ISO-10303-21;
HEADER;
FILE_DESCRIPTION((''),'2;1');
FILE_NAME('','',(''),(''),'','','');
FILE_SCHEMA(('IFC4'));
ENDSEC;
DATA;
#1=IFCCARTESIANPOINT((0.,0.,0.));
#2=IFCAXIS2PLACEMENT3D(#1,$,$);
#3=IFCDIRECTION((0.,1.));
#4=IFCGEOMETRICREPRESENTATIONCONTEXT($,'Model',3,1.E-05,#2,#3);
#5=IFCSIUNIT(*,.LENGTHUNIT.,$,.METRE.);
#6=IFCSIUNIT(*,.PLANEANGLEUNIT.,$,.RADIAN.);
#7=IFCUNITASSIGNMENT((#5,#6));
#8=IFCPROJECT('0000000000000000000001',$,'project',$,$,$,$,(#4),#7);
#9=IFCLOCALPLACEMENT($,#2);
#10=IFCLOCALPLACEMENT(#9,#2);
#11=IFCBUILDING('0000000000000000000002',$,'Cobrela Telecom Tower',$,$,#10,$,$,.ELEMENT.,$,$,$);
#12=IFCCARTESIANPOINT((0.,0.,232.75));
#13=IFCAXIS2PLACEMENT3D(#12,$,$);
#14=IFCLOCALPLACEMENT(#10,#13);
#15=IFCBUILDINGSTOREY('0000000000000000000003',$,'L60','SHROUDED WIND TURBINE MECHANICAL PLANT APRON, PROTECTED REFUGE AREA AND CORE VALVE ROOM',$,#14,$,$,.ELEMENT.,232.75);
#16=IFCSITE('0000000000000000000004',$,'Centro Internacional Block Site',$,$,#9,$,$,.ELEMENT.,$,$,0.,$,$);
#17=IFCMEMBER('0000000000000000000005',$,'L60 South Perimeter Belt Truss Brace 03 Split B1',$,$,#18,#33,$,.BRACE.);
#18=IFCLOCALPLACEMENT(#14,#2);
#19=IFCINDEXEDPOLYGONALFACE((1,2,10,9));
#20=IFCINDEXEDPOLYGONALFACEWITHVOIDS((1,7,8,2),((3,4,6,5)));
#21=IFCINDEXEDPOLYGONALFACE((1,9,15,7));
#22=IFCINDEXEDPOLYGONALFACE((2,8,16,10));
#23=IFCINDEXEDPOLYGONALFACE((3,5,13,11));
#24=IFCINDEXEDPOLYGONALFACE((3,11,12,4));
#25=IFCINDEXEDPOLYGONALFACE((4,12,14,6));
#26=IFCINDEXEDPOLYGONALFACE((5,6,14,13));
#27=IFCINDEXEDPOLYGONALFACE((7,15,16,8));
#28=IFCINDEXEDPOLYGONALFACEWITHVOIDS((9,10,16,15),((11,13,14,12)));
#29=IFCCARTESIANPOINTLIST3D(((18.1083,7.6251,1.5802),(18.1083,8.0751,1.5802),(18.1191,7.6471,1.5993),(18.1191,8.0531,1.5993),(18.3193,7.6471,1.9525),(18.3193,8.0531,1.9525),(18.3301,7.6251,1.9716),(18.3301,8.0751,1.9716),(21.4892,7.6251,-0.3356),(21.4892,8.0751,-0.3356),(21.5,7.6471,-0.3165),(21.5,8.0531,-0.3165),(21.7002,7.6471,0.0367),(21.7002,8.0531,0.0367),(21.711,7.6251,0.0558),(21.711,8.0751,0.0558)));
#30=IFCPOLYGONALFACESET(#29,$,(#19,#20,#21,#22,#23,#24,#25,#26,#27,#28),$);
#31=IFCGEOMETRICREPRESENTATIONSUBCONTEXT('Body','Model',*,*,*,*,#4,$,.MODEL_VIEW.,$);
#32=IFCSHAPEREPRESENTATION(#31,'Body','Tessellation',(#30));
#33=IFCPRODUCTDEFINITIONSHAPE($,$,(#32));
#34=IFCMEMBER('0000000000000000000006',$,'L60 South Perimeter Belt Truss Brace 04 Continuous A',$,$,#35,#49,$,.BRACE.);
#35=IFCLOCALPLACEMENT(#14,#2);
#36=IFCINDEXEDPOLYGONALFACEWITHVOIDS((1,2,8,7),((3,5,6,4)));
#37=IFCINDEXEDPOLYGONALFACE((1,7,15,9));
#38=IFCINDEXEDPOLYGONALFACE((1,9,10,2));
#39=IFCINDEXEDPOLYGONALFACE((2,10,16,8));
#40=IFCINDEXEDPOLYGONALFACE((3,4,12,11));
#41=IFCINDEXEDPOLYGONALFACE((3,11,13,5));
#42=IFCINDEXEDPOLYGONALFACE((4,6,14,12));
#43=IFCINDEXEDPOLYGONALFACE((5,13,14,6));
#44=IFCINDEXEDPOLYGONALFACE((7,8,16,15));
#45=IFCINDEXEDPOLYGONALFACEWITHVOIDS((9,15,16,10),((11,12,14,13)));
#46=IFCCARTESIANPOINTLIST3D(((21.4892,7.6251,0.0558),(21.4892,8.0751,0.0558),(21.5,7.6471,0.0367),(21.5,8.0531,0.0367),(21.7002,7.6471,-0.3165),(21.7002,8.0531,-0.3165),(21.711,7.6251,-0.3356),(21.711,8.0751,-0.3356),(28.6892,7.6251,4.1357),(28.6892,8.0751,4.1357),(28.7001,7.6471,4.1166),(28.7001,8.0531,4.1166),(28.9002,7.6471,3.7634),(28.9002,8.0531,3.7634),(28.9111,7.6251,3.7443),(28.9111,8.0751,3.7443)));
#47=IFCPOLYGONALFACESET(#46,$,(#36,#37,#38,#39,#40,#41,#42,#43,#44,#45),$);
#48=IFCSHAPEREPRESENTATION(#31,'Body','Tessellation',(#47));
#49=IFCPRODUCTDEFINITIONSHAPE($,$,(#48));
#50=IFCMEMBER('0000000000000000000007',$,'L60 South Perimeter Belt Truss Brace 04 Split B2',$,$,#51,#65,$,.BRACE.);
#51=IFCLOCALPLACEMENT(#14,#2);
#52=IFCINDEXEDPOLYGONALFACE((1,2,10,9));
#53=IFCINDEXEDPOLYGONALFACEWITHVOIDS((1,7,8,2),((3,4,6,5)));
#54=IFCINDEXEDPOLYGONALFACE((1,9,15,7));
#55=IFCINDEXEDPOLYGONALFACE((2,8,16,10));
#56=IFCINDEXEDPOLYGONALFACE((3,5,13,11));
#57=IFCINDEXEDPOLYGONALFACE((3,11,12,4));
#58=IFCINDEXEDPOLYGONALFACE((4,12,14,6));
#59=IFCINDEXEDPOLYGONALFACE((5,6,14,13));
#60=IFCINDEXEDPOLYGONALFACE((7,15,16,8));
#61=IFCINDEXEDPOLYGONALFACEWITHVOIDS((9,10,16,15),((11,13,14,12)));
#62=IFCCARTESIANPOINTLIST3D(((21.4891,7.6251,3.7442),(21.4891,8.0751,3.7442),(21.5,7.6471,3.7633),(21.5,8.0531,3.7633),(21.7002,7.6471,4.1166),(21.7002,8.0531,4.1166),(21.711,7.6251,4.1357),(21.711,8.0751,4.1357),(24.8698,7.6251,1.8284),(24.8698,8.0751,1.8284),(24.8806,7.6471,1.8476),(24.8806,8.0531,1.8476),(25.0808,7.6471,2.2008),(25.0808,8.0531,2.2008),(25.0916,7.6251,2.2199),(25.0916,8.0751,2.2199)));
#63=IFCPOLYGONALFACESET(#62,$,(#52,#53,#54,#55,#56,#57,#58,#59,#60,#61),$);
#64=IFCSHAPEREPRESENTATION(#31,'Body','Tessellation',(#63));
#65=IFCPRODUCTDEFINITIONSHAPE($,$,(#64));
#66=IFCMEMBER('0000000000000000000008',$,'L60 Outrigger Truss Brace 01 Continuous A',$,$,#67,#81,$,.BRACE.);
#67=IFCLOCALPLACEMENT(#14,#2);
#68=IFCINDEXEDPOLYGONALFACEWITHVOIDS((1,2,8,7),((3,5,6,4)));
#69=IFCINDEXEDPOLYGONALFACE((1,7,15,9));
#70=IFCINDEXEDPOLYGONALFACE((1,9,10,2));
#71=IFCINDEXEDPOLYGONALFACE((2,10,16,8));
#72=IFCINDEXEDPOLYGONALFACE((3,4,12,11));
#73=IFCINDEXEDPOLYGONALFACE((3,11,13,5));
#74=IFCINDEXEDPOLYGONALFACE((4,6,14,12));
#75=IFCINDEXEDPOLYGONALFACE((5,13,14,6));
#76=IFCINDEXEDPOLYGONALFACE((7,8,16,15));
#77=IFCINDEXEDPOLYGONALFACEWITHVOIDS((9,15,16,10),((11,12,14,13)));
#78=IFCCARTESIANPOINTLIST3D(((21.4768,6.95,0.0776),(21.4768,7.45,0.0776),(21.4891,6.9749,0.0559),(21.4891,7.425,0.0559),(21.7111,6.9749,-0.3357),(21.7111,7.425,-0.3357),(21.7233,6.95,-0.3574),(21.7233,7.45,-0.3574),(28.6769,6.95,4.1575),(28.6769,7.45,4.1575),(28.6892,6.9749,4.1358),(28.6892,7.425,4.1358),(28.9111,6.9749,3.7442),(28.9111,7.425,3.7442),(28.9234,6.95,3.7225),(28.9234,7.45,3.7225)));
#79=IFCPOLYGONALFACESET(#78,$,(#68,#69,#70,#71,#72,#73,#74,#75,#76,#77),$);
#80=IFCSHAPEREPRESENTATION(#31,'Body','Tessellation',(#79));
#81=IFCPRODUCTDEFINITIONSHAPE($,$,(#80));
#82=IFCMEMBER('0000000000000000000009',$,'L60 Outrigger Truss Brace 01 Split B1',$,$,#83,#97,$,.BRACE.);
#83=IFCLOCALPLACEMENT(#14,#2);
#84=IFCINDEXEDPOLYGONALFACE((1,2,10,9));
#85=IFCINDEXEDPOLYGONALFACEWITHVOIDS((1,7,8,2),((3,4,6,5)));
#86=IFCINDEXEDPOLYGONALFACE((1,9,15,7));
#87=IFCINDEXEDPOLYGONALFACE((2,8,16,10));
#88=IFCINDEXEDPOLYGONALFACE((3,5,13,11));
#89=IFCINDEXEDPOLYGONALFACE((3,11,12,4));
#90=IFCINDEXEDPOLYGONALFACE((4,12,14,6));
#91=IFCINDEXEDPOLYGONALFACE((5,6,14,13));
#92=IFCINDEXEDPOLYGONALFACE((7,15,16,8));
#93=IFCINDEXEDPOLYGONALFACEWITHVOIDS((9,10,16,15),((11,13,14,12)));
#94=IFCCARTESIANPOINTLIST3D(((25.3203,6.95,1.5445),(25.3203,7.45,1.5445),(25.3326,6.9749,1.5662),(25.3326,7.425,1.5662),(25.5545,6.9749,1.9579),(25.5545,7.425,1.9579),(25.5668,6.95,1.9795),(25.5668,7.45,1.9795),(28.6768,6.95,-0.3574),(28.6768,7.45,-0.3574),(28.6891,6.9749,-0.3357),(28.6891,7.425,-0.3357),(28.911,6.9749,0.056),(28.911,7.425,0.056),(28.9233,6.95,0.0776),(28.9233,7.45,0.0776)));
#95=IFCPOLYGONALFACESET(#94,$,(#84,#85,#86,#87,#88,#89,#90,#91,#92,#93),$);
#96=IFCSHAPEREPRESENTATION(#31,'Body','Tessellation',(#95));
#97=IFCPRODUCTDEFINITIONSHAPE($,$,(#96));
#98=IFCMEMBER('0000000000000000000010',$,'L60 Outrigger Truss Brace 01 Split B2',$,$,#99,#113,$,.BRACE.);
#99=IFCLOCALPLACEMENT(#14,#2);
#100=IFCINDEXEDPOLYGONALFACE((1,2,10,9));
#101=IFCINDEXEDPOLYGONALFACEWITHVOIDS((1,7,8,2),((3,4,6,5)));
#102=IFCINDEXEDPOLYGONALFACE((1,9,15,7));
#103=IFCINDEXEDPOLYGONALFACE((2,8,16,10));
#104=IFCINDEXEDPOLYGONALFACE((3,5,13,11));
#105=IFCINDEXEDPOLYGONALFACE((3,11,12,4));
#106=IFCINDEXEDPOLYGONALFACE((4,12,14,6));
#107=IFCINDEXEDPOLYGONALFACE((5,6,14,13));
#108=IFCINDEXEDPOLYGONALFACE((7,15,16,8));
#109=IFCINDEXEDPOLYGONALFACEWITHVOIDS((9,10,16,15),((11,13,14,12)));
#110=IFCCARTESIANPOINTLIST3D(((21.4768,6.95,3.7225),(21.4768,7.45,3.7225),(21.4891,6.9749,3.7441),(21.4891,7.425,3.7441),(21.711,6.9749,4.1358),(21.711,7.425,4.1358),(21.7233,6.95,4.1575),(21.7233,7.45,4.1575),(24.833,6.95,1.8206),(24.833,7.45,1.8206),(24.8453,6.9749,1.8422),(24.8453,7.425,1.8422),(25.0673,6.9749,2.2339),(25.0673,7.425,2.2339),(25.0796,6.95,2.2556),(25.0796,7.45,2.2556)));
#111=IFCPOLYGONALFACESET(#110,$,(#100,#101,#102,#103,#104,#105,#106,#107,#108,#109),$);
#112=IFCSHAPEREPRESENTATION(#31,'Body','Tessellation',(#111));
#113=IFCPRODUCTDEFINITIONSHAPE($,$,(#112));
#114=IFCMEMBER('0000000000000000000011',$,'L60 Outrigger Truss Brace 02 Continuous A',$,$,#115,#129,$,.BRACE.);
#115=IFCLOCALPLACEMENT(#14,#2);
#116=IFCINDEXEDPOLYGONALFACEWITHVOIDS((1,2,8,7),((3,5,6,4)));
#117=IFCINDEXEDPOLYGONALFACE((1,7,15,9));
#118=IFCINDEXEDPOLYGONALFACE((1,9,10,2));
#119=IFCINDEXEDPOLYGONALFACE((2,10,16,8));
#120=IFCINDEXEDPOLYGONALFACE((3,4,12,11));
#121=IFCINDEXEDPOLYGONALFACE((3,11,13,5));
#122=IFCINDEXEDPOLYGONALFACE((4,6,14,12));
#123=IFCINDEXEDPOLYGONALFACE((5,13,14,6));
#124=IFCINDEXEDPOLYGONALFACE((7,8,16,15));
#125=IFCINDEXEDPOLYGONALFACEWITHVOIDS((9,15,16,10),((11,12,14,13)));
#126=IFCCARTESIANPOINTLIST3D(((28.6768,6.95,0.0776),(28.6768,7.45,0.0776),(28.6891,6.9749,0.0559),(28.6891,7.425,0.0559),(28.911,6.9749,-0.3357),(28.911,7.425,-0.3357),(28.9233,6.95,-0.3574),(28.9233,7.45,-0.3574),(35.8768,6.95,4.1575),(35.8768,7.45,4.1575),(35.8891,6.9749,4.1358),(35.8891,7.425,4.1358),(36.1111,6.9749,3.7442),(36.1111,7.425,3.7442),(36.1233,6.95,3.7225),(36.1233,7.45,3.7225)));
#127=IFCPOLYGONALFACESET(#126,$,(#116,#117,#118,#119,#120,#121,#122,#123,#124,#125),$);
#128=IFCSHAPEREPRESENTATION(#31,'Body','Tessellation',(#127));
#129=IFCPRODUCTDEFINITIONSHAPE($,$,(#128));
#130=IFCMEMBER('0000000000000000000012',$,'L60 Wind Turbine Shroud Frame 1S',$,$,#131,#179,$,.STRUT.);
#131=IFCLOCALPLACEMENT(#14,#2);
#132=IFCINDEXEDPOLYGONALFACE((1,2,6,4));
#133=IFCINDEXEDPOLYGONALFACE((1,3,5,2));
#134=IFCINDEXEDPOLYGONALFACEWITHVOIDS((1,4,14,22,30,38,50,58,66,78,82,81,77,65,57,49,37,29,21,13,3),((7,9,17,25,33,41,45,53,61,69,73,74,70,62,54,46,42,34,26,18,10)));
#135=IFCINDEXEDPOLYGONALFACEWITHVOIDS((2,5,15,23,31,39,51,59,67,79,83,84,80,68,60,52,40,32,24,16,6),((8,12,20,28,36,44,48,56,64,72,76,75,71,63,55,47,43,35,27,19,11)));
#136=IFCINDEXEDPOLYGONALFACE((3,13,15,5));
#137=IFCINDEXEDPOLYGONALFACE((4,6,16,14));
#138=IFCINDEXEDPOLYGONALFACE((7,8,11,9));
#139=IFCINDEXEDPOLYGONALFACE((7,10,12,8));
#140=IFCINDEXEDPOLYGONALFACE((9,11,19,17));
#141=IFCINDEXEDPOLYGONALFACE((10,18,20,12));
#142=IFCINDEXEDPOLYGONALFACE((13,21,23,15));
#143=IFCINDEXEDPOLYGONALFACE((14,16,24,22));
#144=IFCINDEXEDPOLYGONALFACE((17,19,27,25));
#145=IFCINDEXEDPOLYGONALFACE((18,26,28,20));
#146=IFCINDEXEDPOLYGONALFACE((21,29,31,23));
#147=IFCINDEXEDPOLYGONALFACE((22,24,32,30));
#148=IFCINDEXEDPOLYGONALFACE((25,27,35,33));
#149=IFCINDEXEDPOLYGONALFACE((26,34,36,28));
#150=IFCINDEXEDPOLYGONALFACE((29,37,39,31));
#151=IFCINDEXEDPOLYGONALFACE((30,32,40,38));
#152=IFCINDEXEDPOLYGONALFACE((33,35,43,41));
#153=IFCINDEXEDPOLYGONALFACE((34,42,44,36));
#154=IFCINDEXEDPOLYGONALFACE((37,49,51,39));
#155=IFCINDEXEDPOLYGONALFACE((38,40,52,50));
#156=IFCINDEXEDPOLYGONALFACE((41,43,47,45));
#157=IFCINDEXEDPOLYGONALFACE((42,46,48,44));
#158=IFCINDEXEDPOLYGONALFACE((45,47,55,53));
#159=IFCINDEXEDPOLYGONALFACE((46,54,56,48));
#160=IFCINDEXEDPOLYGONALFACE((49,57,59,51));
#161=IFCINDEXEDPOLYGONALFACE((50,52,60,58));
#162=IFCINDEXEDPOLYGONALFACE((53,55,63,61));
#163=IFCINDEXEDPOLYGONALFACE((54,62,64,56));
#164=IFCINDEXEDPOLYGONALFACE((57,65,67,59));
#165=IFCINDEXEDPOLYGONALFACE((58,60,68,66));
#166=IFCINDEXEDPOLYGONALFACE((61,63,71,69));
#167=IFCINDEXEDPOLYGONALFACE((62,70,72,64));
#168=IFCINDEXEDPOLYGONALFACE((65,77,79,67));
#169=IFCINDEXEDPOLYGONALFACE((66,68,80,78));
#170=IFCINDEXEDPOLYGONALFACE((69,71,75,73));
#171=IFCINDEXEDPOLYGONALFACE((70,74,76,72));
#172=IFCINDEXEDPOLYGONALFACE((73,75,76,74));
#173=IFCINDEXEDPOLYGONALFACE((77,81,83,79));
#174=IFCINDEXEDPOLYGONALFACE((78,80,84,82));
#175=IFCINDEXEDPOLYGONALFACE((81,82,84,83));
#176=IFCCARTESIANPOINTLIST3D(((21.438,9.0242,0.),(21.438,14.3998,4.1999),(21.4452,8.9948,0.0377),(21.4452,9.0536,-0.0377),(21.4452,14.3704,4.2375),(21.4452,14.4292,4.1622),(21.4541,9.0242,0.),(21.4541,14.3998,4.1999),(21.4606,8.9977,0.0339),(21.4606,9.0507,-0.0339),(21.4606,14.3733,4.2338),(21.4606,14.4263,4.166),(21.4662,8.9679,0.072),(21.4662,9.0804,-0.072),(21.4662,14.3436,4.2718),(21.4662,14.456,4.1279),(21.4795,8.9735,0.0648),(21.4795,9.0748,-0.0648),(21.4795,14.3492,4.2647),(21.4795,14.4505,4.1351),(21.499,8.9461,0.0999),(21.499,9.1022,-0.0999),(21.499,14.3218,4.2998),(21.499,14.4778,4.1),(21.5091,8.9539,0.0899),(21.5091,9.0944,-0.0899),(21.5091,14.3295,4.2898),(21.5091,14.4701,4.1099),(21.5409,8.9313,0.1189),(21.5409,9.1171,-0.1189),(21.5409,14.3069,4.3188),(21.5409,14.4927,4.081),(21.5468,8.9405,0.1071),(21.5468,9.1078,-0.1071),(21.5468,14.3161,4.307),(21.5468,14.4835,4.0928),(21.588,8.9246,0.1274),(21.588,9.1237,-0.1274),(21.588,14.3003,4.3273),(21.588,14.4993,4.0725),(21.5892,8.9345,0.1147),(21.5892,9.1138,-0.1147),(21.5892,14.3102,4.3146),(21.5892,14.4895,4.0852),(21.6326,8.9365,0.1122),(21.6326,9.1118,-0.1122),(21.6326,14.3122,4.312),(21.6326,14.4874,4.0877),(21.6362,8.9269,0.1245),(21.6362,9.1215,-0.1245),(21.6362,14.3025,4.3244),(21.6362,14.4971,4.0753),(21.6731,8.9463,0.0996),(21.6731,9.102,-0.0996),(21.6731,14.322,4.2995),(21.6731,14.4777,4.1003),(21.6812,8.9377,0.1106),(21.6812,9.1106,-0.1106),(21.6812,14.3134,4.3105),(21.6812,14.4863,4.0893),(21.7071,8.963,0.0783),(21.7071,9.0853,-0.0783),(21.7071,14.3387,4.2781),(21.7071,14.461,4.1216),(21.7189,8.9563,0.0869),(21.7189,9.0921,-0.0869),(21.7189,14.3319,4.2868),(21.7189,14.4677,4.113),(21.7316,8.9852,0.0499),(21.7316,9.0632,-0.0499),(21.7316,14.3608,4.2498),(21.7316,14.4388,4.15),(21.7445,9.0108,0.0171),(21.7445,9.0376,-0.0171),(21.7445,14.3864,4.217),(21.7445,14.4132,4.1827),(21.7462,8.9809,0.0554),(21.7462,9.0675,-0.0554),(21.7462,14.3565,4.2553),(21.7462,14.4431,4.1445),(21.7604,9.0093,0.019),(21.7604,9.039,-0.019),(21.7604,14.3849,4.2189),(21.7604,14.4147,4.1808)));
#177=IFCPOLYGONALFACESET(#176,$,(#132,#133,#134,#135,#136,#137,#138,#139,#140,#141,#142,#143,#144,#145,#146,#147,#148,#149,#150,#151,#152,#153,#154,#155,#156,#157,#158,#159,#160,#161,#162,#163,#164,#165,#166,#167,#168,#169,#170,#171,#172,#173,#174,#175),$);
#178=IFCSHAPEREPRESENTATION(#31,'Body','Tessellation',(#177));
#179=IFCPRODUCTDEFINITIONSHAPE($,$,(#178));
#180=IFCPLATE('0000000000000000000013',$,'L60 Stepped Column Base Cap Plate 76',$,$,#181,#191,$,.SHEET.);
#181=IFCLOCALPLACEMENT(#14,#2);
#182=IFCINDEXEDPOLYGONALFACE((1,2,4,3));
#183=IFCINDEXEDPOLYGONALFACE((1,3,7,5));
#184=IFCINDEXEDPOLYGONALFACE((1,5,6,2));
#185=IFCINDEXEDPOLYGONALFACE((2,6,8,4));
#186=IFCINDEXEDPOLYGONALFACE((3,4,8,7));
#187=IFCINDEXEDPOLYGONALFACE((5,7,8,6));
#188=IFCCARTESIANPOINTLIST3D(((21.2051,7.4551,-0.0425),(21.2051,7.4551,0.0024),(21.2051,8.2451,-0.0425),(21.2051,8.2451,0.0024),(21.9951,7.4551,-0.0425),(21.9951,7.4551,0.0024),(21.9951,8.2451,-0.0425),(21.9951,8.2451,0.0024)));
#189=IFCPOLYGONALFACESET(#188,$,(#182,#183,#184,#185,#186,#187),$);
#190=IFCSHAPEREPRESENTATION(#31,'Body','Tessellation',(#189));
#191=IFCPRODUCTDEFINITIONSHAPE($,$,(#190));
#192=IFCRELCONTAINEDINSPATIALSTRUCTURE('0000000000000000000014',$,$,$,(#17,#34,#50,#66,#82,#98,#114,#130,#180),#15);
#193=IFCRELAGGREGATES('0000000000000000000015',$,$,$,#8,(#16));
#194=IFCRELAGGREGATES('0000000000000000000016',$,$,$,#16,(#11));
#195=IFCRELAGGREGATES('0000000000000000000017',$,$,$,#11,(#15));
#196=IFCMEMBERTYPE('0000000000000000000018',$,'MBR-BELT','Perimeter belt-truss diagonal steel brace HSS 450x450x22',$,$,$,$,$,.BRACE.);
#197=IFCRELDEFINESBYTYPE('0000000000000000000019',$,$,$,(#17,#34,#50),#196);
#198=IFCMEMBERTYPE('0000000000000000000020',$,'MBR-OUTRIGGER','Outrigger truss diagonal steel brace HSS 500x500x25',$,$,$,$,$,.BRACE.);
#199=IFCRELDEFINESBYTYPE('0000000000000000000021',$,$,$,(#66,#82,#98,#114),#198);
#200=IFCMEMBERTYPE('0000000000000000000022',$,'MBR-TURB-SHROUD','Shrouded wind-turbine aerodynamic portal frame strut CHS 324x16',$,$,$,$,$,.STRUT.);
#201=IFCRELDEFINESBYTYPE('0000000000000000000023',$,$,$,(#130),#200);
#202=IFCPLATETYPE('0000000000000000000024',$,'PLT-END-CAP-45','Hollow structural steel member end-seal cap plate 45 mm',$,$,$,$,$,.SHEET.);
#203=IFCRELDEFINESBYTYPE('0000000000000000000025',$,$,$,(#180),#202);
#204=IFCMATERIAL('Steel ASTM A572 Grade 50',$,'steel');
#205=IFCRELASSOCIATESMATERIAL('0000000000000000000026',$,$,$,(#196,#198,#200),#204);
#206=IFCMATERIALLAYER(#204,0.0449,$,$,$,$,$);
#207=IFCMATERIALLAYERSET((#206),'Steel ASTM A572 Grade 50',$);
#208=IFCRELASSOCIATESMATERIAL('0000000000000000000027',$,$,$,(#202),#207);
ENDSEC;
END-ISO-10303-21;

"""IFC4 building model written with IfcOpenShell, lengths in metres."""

from ifc_helpers import new_model, si_unit, direction, frame, origin, origin_2d, place, context, subcontext, project, spatial, rectangle, hollow_rectangle, hollow_circle, extrude, material, layer, layer_set, material_profile, profile_set, type_object, element, save


model = new_model("IFC4")

# Units and contexts
model_context = context("Model", 3, precision=1e-05, world=origin(), true_north=direction((0.0, 1.0)))
body_context = subcontext(model_context, "Body", "Model", "MODEL_VIEW")
ifc_project = project(units=[si_unit("LENGTHUNIT", "METRE"), si_unit("PLANEANGLEUNIT", "RADIAN")], contexts=[model_context])

# Site, building, storey
site_placement = place(None, origin())
site = spatial("IfcSite", under=ifc_project, at=site_placement, Name="Centro Internacional Block Site", CompositionType="ELEMENT", RefElevation=0.0)
building_placement = place(site_placement, origin())
building = spatial("IfcBuilding", under=site, at=building_placement, Name="Cobrela Telecom Tower", CompositionType="ELEMENT")
storey_placement = place(building_placement, frame((0.0, 0.0, 232.75)))
storey = spatial("IfcBuildingStorey", under=building, at=storey_placement, Name="L60", Description="SHROUDED WIND TURBINE MECHANICAL PLANT APRON, PROTECTED REFUGE AREA AND CORE VALVE ROOM", CompositionType="ELEMENT", Elevation=232.75)

# Shared definitions
ifc_material_1 = material(Name="Steel ASTM A572 Grade 50", Category="steel")

# Members
ifc_material_profile_1 = material_profile(ifc_material_1, hollow_rectangle(XDim=0.45, YDim=0.45, WallThickness=0.022, at=origin_2d()), Name="HSS 450x450x22")
ifc_profile_set_1 = profile_set([ifc_material_profile_1], Name="Steel ASTM A572 Grade 50")
member_type_1 = type_object("IfcMemberType", Name="MBR-BELT", Description="Perimeter belt-truss diagonal steel brace HSS 450x450x22", PredefinedType="BRACE", material=ifc_profile_set_1)
member_1_placement = place(storey_placement, frame((21.6001, 7.8501, -0.1399), z_axis=(-0.870028, 0.0, 0.493003), x_axis=(0.0, -1.0, 0.0)))
element("IfcMember", 1, at=member_1_placement, inside=storey, type_object=member_type_1, Name="L60 South Perimeter Belt Truss Brace 03 Split B1", PredefinedType="BRACE", context=body_context, shape_type="SweptSolid", body=[
    extrude(hollow_rectangle(XDim=0.45, YDim=0.45, WallThickness=0.022, at=origin_2d()), origin(), (0.0, 0.0, 1.0), 3.886),
])
member_2_placement = place(storey_placement, frame((21.6001, 7.8501, -0.1399), z_axis=(0.870029, 0.0, 0.493), x_axis=(0.0, 1.0, 0.0)))
element("IfcMember", 2, at=member_2_placement, inside=storey, type_object=member_type_1, Name="L60 South Perimeter Belt Truss Brace 04 Continuous A", PredefinedType="BRACE", context=body_context, shape_type="SweptSolid", body=[
    extrude(hollow_rectangle(XDim=0.45, YDim=0.45, WallThickness=0.022, at=origin_2d()), origin(), (0.0, 0.0, 1.0), 8.2756),
])
member_3_placement = place(storey_placement, frame((24.9807, 7.8501, 2.0242), z_axis=(-0.870012, 0.0, 0.49303), x_axis=(0.0, -1.0, 0.0)))
element("IfcMember", 3, at=member_3_placement, inside=storey, type_object=member_type_1, Name="L60 South Perimeter Belt Truss Brace 04 Split B2", PredefinedType="BRACE", context=body_context, shape_type="SweptSolid", body=[
    extrude(hollow_rectangle(XDim=0.45, YDim=0.45, WallThickness=0.022, at=origin_2d()), origin(), (0.0, 0.0, 1.0), 3.8857),
])
ifc_material_profile_2 = material_profile(ifc_material_1, hollow_rectangle(XDim=0.5, YDim=0.5, WallThickness=0.0249, at=origin_2d()), Name="HSS 500x500x25")
ifc_profile_set_2 = profile_set([ifc_material_profile_2], Name="Steel ASTM A572 Grade 50")
member_type_2 = type_object("IfcMemberType", Name="MBR-OUTRIGGER", Description="Outrigger truss diagonal steel brace HSS 500x500x25", PredefinedType="BRACE", material=ifc_profile_set_2)
member_4_placement = place(storey_placement, frame((21.6001, 7.2, -0.1399), z_axis=(0.870029, 0.0, 0.493), x_axis=(0.0, 1.0, 0.0)))
element("IfcMember", 4, at=member_4_placement, inside=storey, type_object=member_type_2, Name="L60 Outrigger Truss Brace 01 Continuous A", PredefinedType="BRACE", context=body_context, shape_type="SweptSolid", body=[
    extrude(hollow_rectangle(XDim=0.5, YDim=0.5, WallThickness=0.0249, at=origin_2d()), origin(), (0.0, 0.0, 1.0), 8.2756),
])
member_5_placement = place(storey_placement, frame((28.8, 7.2, -0.1399), z_axis=(-0.870037, 0.0, 0.492987), x_axis=(0.0, -1.0, 0.0)))
element("IfcMember", 5, at=member_5_placement, inside=storey, type_object=member_type_2, Name="L60 Outrigger Truss Brace 01 Split B1", PredefinedType="BRACE", context=body_context, shape_type="SweptSolid", body=[
    extrude(hollow_rectangle(XDim=0.5, YDim=0.5, WallThickness=0.0249, at=origin_2d()), origin(), (0.0, 0.0, 1.0), 3.8579),
])
member_6_placement = place(storey_placement, frame((24.9563, 7.2, 2.0381), z_axis=(-0.870021, 0.0, 0.493014), x_axis=(0.0, -1.0, 0.0)))
element("IfcMember", 6, at=member_6_placement, inside=storey, type_object=member_type_2, Name="L60 Outrigger Truss Brace 01 Split B2", PredefinedType="BRACE", context=body_context, shape_type="SweptSolid", body=[
    extrude(hollow_rectangle(XDim=0.5, YDim=0.5, WallThickness=0.0249, at=origin_2d()), origin(), (0.0, 0.0, 1.0), 3.8577),
])
member_7_placement = place(storey_placement, frame((28.8, 7.2, -0.1399), z_axis=(0.870029, 0.0, 0.493), x_axis=(0.0, 1.0, 0.0)))
element("IfcMember", 7, at=member_7_placement, inside=storey, type_object=member_type_2, Name="L60 Outrigger Truss Brace 02 Continuous A", PredefinedType="BRACE", context=body_context, shape_type="SweptSolid", body=[
    extrude(hollow_rectangle(XDim=0.5, YDim=0.5, WallThickness=0.0249, at=origin_2d()), origin(), (0.0, 0.0, 1.0), 8.2756),
])
ifc_material_profile_3 = material_profile(ifc_material_1, hollow_circle(Radius=0.1621, WallThickness=0.0161, at=origin_2d()), Name="CHS 324x16")
ifc_profile_set_3 = profile_set([ifc_material_profile_3], Name="Steel ASTM A572 Grade 50")
member_type_3 = type_object("IfcMemberType", Name="MBR-TURB-SHROUD", Description="Shrouded wind-turbine aerodynamic portal frame strut CHS 324x16", PredefinedType="STRUT", material=ifc_profile_set_3)
member_8_placement = place(storey_placement, frame((21.6001, 9.0242, 0.0), z_axis=(0.0, 0.788013, 0.615659), x_axis=(-1.0, 0.0, 0.0)))
element("IfcMember", 8, at=member_8_placement, inside=storey, type_object=member_type_3, Name="L60 Wind Turbine Shroud Frame 1S", PredefinedType="STRUT", context=body_context, shape_type="SweptSolid", body=[
    extrude(hollow_circle(Radius=0.1621, WallThickness=0.0161, at=origin_2d()), origin(), (0.0, 0.0, 1.0), 6.8218),
])

# Plate
ifc_layer_1 = layer(ifc_material_1, 0.0449)
ifc_layer_set_1 = layer_set([ifc_layer_1], Name="Steel ASTM A572 Grade 50")
plate_type_1 = type_object("IfcPlateType", Name="PLT-END-CAP-45", Description="Hollow structural steel member end-seal cap plate 45 mm", PredefinedType="SHEET", material=ifc_layer_set_1)
plate_1_placement = place(storey_placement, frame((21.6001, 7.8501, -0.0425), z_axis=(0.0, 0.0, 1.0), x_axis=(1.0, 0.0, 0.0)))
element("IfcPlate", 9, at=plate_1_placement, inside=storey, type_object=plate_type_1, Name="L60 Stepped Column Base Cap Plate 76", PredefinedType="SHEET", context=body_context, shape_type="SweptSolid", body=[
    extrude(rectangle(XDim=0.79, YDim=0.79, at=origin_2d()), origin(), (0.0, 0.0, 1.0), 0.0449),
])

save(model, "model.ifc")
